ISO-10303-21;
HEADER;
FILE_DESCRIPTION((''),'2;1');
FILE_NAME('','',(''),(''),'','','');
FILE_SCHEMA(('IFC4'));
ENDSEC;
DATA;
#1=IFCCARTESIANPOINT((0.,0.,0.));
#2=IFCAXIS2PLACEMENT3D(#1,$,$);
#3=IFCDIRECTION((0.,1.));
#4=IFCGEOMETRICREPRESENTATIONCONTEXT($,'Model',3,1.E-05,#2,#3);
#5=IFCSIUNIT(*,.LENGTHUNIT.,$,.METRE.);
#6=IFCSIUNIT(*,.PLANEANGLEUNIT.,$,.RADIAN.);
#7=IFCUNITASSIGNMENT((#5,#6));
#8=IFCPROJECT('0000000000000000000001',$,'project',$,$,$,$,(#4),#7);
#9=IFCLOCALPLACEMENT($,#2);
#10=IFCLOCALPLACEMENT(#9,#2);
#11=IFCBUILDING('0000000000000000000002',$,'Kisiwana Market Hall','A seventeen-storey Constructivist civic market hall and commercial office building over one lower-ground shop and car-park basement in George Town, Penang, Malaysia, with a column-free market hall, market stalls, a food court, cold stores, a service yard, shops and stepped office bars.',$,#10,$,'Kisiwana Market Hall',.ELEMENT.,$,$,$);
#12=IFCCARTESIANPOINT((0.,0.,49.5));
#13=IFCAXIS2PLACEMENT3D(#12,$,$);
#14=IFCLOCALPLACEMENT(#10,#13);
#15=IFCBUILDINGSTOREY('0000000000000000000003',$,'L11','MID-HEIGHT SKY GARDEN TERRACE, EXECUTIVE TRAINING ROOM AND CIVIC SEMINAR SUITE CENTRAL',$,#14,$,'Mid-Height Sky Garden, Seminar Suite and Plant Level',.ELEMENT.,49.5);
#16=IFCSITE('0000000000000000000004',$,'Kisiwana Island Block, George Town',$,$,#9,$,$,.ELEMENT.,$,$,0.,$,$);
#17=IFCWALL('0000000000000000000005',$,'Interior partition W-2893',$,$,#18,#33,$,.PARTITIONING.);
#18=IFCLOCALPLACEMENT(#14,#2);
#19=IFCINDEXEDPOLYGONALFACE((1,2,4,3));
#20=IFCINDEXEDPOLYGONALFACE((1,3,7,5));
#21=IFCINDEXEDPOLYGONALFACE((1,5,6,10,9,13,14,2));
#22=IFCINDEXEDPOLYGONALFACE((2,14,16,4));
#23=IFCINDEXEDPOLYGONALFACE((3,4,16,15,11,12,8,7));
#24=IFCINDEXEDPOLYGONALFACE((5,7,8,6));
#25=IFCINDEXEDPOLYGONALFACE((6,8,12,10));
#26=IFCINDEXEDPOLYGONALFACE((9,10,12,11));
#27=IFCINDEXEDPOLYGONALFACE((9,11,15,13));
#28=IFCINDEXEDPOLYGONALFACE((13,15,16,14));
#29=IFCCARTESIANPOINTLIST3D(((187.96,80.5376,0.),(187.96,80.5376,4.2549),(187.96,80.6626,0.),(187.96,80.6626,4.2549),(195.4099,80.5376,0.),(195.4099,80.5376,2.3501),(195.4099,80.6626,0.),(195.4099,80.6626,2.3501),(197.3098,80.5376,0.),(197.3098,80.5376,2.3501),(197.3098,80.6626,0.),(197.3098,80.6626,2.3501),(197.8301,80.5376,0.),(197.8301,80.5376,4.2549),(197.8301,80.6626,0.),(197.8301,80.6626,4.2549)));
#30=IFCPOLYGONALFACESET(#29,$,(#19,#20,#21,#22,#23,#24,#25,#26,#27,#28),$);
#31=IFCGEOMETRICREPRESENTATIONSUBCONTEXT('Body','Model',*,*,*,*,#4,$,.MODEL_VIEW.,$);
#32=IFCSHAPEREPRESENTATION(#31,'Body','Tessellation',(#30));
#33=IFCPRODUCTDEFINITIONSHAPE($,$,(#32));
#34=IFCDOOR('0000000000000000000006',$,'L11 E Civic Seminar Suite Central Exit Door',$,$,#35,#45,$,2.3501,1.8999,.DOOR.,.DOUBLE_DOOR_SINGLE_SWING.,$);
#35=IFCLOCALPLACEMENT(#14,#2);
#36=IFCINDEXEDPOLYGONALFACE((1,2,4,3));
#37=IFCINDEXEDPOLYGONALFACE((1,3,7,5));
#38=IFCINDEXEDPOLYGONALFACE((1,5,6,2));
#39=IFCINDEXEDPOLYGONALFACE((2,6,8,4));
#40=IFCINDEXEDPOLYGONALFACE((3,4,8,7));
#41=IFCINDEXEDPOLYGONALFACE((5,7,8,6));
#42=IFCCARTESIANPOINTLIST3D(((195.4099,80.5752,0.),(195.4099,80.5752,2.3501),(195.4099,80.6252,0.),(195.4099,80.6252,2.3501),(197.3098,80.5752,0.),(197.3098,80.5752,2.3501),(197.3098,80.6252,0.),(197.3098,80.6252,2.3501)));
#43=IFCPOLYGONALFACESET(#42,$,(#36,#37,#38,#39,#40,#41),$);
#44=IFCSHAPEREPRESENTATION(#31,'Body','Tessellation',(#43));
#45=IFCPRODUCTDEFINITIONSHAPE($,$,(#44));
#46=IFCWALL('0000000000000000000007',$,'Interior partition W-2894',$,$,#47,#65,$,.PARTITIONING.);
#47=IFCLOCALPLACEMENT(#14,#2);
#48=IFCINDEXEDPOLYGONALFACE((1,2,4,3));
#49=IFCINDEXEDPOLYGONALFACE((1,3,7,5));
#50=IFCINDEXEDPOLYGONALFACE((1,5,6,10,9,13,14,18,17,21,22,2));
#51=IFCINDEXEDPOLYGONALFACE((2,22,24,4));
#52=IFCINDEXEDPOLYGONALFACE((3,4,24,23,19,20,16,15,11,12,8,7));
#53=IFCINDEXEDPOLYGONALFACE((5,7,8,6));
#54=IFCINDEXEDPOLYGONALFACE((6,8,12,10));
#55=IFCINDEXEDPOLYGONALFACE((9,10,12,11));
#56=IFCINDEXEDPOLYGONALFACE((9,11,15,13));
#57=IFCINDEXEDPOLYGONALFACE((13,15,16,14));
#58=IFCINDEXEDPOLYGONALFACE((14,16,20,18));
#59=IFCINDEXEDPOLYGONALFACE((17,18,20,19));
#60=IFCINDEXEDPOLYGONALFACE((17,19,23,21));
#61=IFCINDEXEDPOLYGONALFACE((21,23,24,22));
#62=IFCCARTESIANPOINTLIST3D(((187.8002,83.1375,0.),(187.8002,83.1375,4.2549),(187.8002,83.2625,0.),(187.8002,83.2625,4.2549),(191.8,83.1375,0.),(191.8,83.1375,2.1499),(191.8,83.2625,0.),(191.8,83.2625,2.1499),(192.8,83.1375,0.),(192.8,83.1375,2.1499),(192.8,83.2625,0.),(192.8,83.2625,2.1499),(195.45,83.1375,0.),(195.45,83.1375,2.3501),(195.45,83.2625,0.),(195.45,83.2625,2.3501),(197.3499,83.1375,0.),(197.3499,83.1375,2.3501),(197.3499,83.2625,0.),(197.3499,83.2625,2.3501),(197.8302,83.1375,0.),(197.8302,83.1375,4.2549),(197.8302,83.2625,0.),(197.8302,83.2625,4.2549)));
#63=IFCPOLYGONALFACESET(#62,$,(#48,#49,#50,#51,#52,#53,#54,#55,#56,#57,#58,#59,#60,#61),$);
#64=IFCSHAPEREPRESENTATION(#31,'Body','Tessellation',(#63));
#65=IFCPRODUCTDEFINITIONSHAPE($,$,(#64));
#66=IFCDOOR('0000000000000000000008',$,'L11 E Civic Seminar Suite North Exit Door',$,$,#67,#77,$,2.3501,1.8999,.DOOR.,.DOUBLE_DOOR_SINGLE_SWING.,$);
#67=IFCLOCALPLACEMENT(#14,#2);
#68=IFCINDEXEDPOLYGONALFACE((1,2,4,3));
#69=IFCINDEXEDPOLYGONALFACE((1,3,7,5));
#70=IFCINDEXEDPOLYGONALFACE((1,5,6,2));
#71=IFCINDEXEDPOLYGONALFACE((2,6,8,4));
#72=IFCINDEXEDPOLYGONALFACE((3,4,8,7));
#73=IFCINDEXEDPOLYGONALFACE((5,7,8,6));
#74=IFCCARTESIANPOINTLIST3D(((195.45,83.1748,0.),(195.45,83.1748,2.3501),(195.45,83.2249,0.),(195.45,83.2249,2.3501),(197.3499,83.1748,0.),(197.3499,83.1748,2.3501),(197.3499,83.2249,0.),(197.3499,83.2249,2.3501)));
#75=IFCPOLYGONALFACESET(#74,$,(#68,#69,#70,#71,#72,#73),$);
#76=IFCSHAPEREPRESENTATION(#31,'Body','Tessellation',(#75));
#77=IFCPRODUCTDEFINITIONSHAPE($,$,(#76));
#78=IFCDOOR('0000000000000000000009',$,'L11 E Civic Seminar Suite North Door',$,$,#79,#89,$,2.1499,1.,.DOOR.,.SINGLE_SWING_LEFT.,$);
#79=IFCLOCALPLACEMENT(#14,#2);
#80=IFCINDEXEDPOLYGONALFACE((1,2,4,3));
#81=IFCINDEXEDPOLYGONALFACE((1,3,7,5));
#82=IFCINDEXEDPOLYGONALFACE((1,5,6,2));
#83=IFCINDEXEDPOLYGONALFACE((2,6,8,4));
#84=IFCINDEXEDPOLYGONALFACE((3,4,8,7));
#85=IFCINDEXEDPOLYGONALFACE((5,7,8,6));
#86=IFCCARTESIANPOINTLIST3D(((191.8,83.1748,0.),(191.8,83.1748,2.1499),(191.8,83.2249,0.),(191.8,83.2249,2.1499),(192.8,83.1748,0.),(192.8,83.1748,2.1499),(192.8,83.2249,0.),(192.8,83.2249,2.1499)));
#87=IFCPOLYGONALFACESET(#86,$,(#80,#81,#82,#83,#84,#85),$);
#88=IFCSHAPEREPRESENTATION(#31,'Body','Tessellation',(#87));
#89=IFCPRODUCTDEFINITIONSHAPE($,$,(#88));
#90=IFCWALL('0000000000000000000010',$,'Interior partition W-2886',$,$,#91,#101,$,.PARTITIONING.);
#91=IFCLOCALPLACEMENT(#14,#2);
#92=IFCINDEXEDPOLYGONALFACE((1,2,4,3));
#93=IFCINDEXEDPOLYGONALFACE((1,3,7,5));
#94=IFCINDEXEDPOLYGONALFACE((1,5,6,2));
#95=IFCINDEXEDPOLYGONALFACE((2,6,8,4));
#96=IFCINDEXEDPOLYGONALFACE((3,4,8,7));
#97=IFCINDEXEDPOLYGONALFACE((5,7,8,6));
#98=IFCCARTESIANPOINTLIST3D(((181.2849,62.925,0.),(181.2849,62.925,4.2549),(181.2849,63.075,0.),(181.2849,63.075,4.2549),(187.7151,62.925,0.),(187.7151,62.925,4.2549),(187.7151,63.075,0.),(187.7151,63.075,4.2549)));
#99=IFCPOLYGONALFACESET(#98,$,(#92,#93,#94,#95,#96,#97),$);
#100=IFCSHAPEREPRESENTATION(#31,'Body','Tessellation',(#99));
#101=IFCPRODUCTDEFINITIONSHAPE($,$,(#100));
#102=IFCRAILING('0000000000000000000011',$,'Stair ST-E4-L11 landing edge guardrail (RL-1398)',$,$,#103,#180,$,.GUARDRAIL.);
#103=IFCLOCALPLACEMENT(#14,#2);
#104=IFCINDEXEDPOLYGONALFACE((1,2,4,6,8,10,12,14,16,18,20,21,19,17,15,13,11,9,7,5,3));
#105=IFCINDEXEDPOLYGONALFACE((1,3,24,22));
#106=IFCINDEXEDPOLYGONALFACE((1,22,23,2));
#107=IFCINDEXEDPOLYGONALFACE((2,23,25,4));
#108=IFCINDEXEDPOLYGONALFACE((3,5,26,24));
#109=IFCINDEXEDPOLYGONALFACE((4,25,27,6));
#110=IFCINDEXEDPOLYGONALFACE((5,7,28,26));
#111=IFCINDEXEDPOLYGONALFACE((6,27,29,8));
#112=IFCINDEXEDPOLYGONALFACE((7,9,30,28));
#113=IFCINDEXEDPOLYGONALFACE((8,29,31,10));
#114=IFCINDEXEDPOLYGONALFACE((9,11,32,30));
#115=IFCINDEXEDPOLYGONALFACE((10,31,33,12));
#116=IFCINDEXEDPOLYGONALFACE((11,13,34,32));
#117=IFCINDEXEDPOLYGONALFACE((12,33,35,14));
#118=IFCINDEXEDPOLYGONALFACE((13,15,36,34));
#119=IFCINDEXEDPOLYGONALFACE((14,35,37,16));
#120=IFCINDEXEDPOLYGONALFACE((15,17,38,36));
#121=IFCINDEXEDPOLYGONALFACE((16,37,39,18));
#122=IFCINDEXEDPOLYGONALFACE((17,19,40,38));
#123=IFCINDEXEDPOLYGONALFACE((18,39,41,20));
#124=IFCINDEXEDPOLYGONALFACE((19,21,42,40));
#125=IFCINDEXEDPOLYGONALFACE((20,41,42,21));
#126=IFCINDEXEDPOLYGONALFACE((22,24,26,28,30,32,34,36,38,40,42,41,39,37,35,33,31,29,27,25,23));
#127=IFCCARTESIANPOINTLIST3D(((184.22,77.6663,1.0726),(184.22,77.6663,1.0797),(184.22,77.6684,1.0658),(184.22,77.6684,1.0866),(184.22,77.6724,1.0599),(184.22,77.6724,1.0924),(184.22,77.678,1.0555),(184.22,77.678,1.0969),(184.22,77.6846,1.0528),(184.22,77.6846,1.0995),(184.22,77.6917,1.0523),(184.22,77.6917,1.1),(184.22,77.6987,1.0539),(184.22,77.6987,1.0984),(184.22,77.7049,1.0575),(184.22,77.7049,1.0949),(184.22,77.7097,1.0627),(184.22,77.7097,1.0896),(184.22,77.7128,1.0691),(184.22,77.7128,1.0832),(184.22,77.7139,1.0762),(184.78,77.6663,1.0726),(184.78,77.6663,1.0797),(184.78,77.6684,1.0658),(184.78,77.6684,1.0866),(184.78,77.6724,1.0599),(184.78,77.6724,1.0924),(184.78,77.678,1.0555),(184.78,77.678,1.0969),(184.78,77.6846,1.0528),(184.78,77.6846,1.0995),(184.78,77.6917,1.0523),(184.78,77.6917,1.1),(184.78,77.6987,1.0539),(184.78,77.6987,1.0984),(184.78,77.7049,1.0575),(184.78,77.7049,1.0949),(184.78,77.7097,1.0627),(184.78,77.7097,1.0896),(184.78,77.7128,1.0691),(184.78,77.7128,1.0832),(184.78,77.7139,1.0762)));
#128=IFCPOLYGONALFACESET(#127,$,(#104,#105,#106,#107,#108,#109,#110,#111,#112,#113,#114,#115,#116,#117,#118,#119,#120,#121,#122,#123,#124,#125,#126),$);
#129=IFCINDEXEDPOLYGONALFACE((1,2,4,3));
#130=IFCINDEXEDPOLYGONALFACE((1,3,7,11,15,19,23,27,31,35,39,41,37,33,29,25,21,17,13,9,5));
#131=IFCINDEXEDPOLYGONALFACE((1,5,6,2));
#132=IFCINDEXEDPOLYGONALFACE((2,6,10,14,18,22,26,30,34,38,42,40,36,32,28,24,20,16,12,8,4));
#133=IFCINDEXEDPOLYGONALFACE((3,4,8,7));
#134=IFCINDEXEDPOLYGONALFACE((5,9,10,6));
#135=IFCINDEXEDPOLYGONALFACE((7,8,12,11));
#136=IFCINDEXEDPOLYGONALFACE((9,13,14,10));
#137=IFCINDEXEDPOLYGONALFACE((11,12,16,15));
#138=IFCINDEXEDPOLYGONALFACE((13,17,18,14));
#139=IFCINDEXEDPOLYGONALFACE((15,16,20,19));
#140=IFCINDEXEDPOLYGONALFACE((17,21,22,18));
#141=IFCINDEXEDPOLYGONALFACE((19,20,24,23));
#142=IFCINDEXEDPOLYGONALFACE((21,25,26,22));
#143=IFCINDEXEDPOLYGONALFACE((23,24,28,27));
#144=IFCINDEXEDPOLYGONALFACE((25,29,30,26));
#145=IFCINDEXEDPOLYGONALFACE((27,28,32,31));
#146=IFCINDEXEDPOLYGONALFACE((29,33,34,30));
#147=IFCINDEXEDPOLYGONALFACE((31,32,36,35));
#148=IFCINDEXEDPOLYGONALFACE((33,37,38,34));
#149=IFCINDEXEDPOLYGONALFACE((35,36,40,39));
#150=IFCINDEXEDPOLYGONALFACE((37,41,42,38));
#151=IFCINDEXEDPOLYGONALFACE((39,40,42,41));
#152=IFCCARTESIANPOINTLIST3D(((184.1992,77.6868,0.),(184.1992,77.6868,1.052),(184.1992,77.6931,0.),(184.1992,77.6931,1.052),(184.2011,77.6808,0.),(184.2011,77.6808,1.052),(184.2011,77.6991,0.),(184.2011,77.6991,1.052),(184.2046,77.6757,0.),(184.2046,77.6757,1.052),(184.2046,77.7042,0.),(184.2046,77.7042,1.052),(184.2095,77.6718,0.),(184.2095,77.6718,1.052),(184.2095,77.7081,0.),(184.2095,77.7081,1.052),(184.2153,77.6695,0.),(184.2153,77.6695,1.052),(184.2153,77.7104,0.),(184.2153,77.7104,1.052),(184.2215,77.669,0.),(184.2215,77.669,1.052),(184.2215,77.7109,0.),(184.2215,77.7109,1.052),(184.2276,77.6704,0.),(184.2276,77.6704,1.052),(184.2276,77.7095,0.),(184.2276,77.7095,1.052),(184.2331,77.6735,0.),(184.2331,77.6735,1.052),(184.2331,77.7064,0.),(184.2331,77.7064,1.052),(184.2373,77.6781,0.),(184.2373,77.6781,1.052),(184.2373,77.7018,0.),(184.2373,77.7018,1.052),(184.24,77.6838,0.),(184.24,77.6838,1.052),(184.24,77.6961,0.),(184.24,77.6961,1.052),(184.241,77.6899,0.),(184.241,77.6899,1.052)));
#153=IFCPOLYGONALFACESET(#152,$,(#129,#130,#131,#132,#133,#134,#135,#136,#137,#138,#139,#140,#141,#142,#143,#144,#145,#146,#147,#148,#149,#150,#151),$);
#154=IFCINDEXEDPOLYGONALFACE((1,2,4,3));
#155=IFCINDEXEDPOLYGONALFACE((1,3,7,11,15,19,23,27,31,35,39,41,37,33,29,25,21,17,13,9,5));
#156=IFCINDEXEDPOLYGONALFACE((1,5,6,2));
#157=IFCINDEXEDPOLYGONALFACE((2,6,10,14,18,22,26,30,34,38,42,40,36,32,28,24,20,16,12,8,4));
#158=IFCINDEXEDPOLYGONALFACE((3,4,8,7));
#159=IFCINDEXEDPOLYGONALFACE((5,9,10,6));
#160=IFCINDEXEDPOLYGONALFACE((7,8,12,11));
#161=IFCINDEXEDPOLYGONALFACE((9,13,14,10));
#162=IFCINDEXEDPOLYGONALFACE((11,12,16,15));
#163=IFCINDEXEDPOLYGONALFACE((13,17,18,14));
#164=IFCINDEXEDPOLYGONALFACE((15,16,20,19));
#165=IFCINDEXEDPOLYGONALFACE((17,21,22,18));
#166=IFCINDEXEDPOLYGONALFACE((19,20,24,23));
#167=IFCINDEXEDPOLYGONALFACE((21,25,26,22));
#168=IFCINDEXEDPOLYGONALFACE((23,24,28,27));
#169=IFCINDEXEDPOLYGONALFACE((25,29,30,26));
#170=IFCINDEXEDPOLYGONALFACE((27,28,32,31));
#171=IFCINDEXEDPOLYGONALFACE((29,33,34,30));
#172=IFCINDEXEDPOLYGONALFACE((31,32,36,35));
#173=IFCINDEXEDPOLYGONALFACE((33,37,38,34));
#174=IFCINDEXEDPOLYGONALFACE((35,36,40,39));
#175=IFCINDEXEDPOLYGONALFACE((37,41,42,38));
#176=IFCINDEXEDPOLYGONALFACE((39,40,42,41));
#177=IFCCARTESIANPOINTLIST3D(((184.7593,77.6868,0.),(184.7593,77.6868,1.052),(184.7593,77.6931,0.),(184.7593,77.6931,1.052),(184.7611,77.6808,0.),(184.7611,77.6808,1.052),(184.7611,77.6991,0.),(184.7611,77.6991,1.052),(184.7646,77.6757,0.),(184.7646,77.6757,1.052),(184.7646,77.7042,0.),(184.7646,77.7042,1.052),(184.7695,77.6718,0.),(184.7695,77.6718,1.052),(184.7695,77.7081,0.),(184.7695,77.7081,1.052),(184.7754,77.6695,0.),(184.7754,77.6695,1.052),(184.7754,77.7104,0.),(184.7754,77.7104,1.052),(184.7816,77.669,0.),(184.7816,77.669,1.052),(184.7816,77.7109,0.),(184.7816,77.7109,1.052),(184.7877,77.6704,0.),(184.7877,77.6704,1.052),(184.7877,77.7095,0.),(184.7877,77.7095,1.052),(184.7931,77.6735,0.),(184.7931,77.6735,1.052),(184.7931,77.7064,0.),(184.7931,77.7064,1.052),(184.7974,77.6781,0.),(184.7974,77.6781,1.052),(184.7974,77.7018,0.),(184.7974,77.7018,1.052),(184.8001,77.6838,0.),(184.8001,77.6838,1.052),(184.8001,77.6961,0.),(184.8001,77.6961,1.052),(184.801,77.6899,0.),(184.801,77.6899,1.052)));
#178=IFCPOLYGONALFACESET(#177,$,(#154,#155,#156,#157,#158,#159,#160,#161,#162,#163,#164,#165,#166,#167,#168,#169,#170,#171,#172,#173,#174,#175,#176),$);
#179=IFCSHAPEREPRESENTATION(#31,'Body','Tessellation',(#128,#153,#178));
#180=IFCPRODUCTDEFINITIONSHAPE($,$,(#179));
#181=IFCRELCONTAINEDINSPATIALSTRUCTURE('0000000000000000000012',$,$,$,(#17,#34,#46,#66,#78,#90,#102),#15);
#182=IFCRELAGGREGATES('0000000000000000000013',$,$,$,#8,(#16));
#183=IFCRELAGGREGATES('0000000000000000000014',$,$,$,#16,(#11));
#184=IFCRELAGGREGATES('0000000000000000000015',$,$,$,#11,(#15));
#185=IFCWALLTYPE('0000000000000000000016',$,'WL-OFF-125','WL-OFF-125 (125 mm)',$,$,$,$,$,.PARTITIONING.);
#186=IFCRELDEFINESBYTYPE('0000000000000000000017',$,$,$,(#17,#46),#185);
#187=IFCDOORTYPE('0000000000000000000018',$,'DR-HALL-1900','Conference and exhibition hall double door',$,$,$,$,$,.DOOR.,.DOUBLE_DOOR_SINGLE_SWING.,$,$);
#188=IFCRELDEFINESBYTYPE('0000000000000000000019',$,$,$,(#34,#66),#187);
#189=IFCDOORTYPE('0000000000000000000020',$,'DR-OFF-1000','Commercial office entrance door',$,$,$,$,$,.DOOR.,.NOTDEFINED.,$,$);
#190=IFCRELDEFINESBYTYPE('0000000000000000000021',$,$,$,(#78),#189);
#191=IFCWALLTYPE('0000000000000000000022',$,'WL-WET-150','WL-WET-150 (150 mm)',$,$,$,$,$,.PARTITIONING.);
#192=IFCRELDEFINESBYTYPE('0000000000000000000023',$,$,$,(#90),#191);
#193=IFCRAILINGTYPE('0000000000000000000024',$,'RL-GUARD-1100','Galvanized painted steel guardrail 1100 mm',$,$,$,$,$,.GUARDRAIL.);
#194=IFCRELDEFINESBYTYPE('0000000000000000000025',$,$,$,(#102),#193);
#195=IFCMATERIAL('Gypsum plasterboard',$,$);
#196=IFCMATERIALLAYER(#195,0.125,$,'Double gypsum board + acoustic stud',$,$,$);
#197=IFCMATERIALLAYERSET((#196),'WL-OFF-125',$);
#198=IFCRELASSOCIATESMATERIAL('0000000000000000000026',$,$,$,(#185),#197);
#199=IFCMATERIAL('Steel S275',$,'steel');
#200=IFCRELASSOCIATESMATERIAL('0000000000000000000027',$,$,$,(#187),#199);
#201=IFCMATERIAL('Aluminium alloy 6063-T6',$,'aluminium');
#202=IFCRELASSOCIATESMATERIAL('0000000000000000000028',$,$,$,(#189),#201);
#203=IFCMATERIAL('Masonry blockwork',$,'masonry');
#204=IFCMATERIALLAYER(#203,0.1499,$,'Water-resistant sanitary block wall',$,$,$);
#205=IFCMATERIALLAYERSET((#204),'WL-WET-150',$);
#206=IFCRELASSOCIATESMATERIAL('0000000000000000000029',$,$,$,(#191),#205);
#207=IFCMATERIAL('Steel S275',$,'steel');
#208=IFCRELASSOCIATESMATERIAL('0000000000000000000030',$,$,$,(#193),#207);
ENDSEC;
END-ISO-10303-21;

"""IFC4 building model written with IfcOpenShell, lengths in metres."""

from ifc_helpers import new_model, si_unit, direction, frame, frame_2d, origin, origin_2d, place, context, subcontext, project, spatial, rectangle, circle, extrude, material, layer, layer_set, type_object, element, fill, save


model = new_model("IFC4")

# Units and contexts
model_context = context("Model", 3, precision=1e-05, world=origin(), true_north=direction((0.0, 1.0)))
body_context = subcontext(model_context, "Body", "Model", "MODEL_VIEW")
ifc_project = project(units=[si_unit("LENGTHUNIT", "METRE"), si_unit("PLANEANGLEUNIT", "RADIAN")], contexts=[model_context])

# Site, building, storey
site_placement = place(None, origin())
site = spatial("IfcSite", under=ifc_project, at=site_placement, Name="Kisiwana Island Block, George Town", CompositionType="ELEMENT", RefElevation=0.0)
building_placement = place(site_placement, origin())
building = spatial("IfcBuilding", under=site, at=building_placement, Name="Kisiwana Market Hall", Description="A seventeen-storey Constructivist civic market hall and commercial office building over one lower-ground shop and car-park basement in George Town, Penang, Malaysia, with a column-free market hall, market stalls, a food court, cold stores, a service yard, shops and stepped office bars.", LongName="Kisiwana Market Hall", CompositionType="ELEMENT")
storey_placement = place(building_placement, frame((0.0, 0.0, 49.5)))
storey = spatial("IfcBuildingStorey", under=building, at=storey_placement, Name="L11", Description="MID-HEIGHT SKY GARDEN TERRACE, EXECUTIVE TRAINING ROOM AND CIVIC SEMINAR SUITE CENTRAL", LongName="Mid-Height Sky Garden, Seminar Suite and Plant Level", CompositionType="ELEMENT", Elevation=49.5)

# Shared definitions
ifc_material_1 = material(Name="Gypsum plasterboard")
ifc_layer_1 = layer(ifc_material_1, 0.125, Name="Double gypsum board + acoustic stud")
ifc_layer_set_1 = layer_set([ifc_layer_1], Name="WL-OFF-125")
wall_type_1 = type_object("IfcWallType", Name="WL-OFF-125", Description="WL-OFF-125 (125 mm)", PredefinedType="PARTITIONING", material=ifc_layer_set_1)

# Wall, opening, door
wall_1_placement = place(storey_placement, frame((187.96, 80.6001, 0.0), z_axis=(0.0, 0.0, 1.0), x_axis=(1.0, 0.0, 0.0)))
wall_1 = element("IfcWall", 1, at=wall_1_placement, inside=storey, type_object=wall_type_1, Name="Interior partition W-2893", PredefinedType="PARTITIONING", context=body_context, shape_type="SweptSolid", body=[
    extrude(rectangle(XDim=9.8701, YDim=0.125, at=frame_2d((4.9351, 0.0))), origin(), (0.0, 0.0, 1.0), 4.2549),
])
opening_1_placement = place(wall_1_placement, frame((7.45, 0.0, 0.0)))
opening_1 = element("IfcOpeningElement", 2, at=opening_1_placement, cuts=wall_1, PredefinedType="OPENING", context=body_context, shape_type="SweptSolid", body=[
    extrude(rectangle(XDim=1.8999, YDim=2.3501, at=frame_2d((0.95, 1.175))), frame((0.0, 0.0745, 0.0), z_axis=(0.0, -1.0, 0.0), x_axis=(1.0, 0.0, 0.0)), (0.0, 0.0, 1.0), 0.1489),
])
ifc_material_2 = material(Name="Steel S275", Category="steel")
door_type_1 = type_object("IfcDoorType", Name="DR-HALL-1900", Description="Conference and exhibition hall double door", OperationType="DOUBLE_DOOR_SINGLE_SWING", PredefinedType="DOOR", material=ifc_material_2)
door_1_placement = place(opening_1_placement, frame((1.8999, 0.0, 0.0), z_axis=(0.0, 0.0, 1.0), x_axis=(-1.0, 0.0, 0.0)))
door_1 = element("IfcDoor", 3, at=door_1_placement, inside=storey, type_object=door_type_1, Name="L11 E Civic Seminar Suite Central Exit Door", OperationType="DOUBLE_DOOR_SINGLE_SWING", OverallHeight=2.3501, OverallWidth=1.8999, PredefinedType="DOOR", context=body_context, shape_type="SweptSolid", body=[
    extrude(rectangle(XDim=1.8999, YDim=2.3501, at=frame_2d((0.95, 1.175))), frame((0.0, 0.0249, 0.0), z_axis=(0.0, -1.0, 0.0), x_axis=(1.0, 0.0, 0.0)), (0.0, 0.0, 1.0), 0.05),
])
fill(opening_1, door_1)

# Wall, openings, doors
wall_2_placement = place(storey_placement, frame((187.8, 83.2, 0.0), z_axis=(0.0, 0.0, 1.0), x_axis=(1.0, 0.0, 0.0)))
wall_2 = element("IfcWall", 4, at=wall_2_placement, inside=storey, type_object=wall_type_1, Name="Interior partition W-2894", PredefinedType="PARTITIONING", context=body_context, shape_type="SweptSolid", body=[
    extrude(rectangle(XDim=10.03, YDim=0.125, at=frame_2d((5.0151, 0.0))), origin(), (0.0, 0.0, 1.0), 4.2549),
])
opening_2_placement = place(wall_2_placement, frame((4.0, 0.0, 0.0)))
opening_2 = element("IfcOpeningElement", 5, at=opening_2_placement, cuts=wall_2, PredefinedType="OPENING", context=body_context, shape_type="SweptSolid", body=[
    extrude(rectangle(XDim=1.0, YDim=2.1499, at=frame_2d((0.5, 1.075))), frame((0.0, 0.0745, 0.0), z_axis=(0.0, -1.0, 0.0), x_axis=(1.0, 0.0, 0.0)), (0.0, 0.0, 1.0), 0.1489),
])
opening_3_placement = place(wall_2_placement, frame((7.6499, 0.0, 0.0)))
opening_3 = element("IfcOpeningElement", 6, at=opening_3_placement, cuts=wall_2, PredefinedType="OPENING", context=body_context, shape_type="SweptSolid", body=[
    extrude(rectangle(XDim=1.8999, YDim=2.3501, at=frame_2d((0.95, 1.175))), frame((0.0, 0.0745, 0.0), z_axis=(0.0, -1.0, 0.0), x_axis=(1.0, 0.0, 0.0)), (0.0, 0.0, 1.0), 0.1489),
])
door_2_placement = place(opening_3_placement, origin())
door_2 = element("IfcDoor", 7, at=door_2_placement, inside=storey, type_object=door_type_1, Name="L11 E Civic Seminar Suite North Exit Door", OperationType="DOUBLE_DOOR_SINGLE_SWING", OverallHeight=2.3501, OverallWidth=1.8999, PredefinedType="DOOR", context=body_context, shape_type="SweptSolid", body=[
    extrude(rectangle(XDim=1.8999, YDim=2.3501, at=frame_2d((0.95, 1.175))), frame((0.0, 0.0249, 0.0), z_axis=(0.0, -1.0, 0.0), x_axis=(1.0, 0.0, 0.0)), (0.0, 0.0, 1.0), 0.05),
])
fill(opening_3, door_2)
ifc_material_3 = material(Name="Aluminium alloy 6063-T6", Category="aluminium")
door_type_2 = type_object("IfcDoorType", Name="DR-OFF-1000", Description="Commercial office entrance door", OperationType="NOTDEFINED", PredefinedType="DOOR", material=ifc_material_3)
door_3_placement = place(opening_2_placement, origin())
door_3 = element("IfcDoor", 8, at=door_3_placement, inside=storey, type_object=door_type_2, Name="L11 E Civic Seminar Suite North Door", OperationType="SINGLE_SWING_LEFT", OverallHeight=2.1499, OverallWidth=1.0, PredefinedType="DOOR", context=body_context, shape_type="SweptSolid", body=[
    extrude(rectangle(XDim=1.0, YDim=2.1499, at=frame_2d((0.5, 1.075))), frame((0.0, 0.0249, 0.0), z_axis=(0.0, -1.0, 0.0), x_axis=(1.0, 0.0, 0.0)), (0.0, 0.0, 1.0), 0.05),
])
fill(opening_2, door_3)

# Wall
ifc_material_4 = material(Name="Masonry blockwork", Category="masonry")
ifc_layer_2 = layer(ifc_material_4, 0.1499, Name="Water-resistant sanitary block wall")
ifc_layer_set_2 = layer_set([ifc_layer_2], Name="WL-WET-150")
wall_type_2 = type_object("IfcWallType", Name="WL-WET-150", Description="WL-WET-150 (150 mm)", PredefinedType="PARTITIONING", material=ifc_layer_set_2)
wall_3_placement = place(storey_placement, frame((181.2849, 63.0, 0.0), z_axis=(0.0, 0.0, 1.0), x_axis=(1.0, 0.0, 0.0)))
element("IfcWall", 9, at=wall_3_placement, inside=storey, type_object=wall_type_2, Name="Interior partition W-2886", PredefinedType="PARTITIONING", context=body_context, shape_type="SweptSolid", body=[
    extrude(rectangle(XDim=6.4302, YDim=0.1499, at=frame_2d((3.2151, 0.0))), origin(), (0.0, 0.0, 1.0), 4.2549),
])

# Railing
ifc_material_5 = material(Name="Steel S275", Category="steel")
railing_type_1 = type_object("IfcRailingType", Name="RL-GUARD-1100", Description="Galvanized painted steel guardrail 1100 mm", PredefinedType="GUARDRAIL", material=ifc_material_5)
railing_1_placement = place(storey_placement, frame((184.22, 77.6899, 0.0)))
element("IfcRailing", 10, at=railing_1_placement, inside=storey, type_object=railing_type_1, Name="Stair ST-E4-L11 landing edge guardrail (RL-1398)", PredefinedType="GUARDRAIL", context=body_context, shape_type="SweptSolid", body=[
    extrude(circle(Radius=0.0239, at=origin_2d()), frame((0.0, 0.0, 1.0762), z_axis=(1.0, 0.0, 0.0), x_axis=(0.0, 1.0, 0.0)), (0.0, 0.0, 1.0), 0.5601),
    extrude(circle(Radius=0.021, at=origin_2d()), origin(), (0.0, 0.0, 1.0), 1.052),
    extrude(circle(Radius=0.021, at=origin_2d()), frame((0.5601, 0.0, 0.0)), (0.0, 0.0, 1.0), 1.052),
])

save(model, "model.ifc")
